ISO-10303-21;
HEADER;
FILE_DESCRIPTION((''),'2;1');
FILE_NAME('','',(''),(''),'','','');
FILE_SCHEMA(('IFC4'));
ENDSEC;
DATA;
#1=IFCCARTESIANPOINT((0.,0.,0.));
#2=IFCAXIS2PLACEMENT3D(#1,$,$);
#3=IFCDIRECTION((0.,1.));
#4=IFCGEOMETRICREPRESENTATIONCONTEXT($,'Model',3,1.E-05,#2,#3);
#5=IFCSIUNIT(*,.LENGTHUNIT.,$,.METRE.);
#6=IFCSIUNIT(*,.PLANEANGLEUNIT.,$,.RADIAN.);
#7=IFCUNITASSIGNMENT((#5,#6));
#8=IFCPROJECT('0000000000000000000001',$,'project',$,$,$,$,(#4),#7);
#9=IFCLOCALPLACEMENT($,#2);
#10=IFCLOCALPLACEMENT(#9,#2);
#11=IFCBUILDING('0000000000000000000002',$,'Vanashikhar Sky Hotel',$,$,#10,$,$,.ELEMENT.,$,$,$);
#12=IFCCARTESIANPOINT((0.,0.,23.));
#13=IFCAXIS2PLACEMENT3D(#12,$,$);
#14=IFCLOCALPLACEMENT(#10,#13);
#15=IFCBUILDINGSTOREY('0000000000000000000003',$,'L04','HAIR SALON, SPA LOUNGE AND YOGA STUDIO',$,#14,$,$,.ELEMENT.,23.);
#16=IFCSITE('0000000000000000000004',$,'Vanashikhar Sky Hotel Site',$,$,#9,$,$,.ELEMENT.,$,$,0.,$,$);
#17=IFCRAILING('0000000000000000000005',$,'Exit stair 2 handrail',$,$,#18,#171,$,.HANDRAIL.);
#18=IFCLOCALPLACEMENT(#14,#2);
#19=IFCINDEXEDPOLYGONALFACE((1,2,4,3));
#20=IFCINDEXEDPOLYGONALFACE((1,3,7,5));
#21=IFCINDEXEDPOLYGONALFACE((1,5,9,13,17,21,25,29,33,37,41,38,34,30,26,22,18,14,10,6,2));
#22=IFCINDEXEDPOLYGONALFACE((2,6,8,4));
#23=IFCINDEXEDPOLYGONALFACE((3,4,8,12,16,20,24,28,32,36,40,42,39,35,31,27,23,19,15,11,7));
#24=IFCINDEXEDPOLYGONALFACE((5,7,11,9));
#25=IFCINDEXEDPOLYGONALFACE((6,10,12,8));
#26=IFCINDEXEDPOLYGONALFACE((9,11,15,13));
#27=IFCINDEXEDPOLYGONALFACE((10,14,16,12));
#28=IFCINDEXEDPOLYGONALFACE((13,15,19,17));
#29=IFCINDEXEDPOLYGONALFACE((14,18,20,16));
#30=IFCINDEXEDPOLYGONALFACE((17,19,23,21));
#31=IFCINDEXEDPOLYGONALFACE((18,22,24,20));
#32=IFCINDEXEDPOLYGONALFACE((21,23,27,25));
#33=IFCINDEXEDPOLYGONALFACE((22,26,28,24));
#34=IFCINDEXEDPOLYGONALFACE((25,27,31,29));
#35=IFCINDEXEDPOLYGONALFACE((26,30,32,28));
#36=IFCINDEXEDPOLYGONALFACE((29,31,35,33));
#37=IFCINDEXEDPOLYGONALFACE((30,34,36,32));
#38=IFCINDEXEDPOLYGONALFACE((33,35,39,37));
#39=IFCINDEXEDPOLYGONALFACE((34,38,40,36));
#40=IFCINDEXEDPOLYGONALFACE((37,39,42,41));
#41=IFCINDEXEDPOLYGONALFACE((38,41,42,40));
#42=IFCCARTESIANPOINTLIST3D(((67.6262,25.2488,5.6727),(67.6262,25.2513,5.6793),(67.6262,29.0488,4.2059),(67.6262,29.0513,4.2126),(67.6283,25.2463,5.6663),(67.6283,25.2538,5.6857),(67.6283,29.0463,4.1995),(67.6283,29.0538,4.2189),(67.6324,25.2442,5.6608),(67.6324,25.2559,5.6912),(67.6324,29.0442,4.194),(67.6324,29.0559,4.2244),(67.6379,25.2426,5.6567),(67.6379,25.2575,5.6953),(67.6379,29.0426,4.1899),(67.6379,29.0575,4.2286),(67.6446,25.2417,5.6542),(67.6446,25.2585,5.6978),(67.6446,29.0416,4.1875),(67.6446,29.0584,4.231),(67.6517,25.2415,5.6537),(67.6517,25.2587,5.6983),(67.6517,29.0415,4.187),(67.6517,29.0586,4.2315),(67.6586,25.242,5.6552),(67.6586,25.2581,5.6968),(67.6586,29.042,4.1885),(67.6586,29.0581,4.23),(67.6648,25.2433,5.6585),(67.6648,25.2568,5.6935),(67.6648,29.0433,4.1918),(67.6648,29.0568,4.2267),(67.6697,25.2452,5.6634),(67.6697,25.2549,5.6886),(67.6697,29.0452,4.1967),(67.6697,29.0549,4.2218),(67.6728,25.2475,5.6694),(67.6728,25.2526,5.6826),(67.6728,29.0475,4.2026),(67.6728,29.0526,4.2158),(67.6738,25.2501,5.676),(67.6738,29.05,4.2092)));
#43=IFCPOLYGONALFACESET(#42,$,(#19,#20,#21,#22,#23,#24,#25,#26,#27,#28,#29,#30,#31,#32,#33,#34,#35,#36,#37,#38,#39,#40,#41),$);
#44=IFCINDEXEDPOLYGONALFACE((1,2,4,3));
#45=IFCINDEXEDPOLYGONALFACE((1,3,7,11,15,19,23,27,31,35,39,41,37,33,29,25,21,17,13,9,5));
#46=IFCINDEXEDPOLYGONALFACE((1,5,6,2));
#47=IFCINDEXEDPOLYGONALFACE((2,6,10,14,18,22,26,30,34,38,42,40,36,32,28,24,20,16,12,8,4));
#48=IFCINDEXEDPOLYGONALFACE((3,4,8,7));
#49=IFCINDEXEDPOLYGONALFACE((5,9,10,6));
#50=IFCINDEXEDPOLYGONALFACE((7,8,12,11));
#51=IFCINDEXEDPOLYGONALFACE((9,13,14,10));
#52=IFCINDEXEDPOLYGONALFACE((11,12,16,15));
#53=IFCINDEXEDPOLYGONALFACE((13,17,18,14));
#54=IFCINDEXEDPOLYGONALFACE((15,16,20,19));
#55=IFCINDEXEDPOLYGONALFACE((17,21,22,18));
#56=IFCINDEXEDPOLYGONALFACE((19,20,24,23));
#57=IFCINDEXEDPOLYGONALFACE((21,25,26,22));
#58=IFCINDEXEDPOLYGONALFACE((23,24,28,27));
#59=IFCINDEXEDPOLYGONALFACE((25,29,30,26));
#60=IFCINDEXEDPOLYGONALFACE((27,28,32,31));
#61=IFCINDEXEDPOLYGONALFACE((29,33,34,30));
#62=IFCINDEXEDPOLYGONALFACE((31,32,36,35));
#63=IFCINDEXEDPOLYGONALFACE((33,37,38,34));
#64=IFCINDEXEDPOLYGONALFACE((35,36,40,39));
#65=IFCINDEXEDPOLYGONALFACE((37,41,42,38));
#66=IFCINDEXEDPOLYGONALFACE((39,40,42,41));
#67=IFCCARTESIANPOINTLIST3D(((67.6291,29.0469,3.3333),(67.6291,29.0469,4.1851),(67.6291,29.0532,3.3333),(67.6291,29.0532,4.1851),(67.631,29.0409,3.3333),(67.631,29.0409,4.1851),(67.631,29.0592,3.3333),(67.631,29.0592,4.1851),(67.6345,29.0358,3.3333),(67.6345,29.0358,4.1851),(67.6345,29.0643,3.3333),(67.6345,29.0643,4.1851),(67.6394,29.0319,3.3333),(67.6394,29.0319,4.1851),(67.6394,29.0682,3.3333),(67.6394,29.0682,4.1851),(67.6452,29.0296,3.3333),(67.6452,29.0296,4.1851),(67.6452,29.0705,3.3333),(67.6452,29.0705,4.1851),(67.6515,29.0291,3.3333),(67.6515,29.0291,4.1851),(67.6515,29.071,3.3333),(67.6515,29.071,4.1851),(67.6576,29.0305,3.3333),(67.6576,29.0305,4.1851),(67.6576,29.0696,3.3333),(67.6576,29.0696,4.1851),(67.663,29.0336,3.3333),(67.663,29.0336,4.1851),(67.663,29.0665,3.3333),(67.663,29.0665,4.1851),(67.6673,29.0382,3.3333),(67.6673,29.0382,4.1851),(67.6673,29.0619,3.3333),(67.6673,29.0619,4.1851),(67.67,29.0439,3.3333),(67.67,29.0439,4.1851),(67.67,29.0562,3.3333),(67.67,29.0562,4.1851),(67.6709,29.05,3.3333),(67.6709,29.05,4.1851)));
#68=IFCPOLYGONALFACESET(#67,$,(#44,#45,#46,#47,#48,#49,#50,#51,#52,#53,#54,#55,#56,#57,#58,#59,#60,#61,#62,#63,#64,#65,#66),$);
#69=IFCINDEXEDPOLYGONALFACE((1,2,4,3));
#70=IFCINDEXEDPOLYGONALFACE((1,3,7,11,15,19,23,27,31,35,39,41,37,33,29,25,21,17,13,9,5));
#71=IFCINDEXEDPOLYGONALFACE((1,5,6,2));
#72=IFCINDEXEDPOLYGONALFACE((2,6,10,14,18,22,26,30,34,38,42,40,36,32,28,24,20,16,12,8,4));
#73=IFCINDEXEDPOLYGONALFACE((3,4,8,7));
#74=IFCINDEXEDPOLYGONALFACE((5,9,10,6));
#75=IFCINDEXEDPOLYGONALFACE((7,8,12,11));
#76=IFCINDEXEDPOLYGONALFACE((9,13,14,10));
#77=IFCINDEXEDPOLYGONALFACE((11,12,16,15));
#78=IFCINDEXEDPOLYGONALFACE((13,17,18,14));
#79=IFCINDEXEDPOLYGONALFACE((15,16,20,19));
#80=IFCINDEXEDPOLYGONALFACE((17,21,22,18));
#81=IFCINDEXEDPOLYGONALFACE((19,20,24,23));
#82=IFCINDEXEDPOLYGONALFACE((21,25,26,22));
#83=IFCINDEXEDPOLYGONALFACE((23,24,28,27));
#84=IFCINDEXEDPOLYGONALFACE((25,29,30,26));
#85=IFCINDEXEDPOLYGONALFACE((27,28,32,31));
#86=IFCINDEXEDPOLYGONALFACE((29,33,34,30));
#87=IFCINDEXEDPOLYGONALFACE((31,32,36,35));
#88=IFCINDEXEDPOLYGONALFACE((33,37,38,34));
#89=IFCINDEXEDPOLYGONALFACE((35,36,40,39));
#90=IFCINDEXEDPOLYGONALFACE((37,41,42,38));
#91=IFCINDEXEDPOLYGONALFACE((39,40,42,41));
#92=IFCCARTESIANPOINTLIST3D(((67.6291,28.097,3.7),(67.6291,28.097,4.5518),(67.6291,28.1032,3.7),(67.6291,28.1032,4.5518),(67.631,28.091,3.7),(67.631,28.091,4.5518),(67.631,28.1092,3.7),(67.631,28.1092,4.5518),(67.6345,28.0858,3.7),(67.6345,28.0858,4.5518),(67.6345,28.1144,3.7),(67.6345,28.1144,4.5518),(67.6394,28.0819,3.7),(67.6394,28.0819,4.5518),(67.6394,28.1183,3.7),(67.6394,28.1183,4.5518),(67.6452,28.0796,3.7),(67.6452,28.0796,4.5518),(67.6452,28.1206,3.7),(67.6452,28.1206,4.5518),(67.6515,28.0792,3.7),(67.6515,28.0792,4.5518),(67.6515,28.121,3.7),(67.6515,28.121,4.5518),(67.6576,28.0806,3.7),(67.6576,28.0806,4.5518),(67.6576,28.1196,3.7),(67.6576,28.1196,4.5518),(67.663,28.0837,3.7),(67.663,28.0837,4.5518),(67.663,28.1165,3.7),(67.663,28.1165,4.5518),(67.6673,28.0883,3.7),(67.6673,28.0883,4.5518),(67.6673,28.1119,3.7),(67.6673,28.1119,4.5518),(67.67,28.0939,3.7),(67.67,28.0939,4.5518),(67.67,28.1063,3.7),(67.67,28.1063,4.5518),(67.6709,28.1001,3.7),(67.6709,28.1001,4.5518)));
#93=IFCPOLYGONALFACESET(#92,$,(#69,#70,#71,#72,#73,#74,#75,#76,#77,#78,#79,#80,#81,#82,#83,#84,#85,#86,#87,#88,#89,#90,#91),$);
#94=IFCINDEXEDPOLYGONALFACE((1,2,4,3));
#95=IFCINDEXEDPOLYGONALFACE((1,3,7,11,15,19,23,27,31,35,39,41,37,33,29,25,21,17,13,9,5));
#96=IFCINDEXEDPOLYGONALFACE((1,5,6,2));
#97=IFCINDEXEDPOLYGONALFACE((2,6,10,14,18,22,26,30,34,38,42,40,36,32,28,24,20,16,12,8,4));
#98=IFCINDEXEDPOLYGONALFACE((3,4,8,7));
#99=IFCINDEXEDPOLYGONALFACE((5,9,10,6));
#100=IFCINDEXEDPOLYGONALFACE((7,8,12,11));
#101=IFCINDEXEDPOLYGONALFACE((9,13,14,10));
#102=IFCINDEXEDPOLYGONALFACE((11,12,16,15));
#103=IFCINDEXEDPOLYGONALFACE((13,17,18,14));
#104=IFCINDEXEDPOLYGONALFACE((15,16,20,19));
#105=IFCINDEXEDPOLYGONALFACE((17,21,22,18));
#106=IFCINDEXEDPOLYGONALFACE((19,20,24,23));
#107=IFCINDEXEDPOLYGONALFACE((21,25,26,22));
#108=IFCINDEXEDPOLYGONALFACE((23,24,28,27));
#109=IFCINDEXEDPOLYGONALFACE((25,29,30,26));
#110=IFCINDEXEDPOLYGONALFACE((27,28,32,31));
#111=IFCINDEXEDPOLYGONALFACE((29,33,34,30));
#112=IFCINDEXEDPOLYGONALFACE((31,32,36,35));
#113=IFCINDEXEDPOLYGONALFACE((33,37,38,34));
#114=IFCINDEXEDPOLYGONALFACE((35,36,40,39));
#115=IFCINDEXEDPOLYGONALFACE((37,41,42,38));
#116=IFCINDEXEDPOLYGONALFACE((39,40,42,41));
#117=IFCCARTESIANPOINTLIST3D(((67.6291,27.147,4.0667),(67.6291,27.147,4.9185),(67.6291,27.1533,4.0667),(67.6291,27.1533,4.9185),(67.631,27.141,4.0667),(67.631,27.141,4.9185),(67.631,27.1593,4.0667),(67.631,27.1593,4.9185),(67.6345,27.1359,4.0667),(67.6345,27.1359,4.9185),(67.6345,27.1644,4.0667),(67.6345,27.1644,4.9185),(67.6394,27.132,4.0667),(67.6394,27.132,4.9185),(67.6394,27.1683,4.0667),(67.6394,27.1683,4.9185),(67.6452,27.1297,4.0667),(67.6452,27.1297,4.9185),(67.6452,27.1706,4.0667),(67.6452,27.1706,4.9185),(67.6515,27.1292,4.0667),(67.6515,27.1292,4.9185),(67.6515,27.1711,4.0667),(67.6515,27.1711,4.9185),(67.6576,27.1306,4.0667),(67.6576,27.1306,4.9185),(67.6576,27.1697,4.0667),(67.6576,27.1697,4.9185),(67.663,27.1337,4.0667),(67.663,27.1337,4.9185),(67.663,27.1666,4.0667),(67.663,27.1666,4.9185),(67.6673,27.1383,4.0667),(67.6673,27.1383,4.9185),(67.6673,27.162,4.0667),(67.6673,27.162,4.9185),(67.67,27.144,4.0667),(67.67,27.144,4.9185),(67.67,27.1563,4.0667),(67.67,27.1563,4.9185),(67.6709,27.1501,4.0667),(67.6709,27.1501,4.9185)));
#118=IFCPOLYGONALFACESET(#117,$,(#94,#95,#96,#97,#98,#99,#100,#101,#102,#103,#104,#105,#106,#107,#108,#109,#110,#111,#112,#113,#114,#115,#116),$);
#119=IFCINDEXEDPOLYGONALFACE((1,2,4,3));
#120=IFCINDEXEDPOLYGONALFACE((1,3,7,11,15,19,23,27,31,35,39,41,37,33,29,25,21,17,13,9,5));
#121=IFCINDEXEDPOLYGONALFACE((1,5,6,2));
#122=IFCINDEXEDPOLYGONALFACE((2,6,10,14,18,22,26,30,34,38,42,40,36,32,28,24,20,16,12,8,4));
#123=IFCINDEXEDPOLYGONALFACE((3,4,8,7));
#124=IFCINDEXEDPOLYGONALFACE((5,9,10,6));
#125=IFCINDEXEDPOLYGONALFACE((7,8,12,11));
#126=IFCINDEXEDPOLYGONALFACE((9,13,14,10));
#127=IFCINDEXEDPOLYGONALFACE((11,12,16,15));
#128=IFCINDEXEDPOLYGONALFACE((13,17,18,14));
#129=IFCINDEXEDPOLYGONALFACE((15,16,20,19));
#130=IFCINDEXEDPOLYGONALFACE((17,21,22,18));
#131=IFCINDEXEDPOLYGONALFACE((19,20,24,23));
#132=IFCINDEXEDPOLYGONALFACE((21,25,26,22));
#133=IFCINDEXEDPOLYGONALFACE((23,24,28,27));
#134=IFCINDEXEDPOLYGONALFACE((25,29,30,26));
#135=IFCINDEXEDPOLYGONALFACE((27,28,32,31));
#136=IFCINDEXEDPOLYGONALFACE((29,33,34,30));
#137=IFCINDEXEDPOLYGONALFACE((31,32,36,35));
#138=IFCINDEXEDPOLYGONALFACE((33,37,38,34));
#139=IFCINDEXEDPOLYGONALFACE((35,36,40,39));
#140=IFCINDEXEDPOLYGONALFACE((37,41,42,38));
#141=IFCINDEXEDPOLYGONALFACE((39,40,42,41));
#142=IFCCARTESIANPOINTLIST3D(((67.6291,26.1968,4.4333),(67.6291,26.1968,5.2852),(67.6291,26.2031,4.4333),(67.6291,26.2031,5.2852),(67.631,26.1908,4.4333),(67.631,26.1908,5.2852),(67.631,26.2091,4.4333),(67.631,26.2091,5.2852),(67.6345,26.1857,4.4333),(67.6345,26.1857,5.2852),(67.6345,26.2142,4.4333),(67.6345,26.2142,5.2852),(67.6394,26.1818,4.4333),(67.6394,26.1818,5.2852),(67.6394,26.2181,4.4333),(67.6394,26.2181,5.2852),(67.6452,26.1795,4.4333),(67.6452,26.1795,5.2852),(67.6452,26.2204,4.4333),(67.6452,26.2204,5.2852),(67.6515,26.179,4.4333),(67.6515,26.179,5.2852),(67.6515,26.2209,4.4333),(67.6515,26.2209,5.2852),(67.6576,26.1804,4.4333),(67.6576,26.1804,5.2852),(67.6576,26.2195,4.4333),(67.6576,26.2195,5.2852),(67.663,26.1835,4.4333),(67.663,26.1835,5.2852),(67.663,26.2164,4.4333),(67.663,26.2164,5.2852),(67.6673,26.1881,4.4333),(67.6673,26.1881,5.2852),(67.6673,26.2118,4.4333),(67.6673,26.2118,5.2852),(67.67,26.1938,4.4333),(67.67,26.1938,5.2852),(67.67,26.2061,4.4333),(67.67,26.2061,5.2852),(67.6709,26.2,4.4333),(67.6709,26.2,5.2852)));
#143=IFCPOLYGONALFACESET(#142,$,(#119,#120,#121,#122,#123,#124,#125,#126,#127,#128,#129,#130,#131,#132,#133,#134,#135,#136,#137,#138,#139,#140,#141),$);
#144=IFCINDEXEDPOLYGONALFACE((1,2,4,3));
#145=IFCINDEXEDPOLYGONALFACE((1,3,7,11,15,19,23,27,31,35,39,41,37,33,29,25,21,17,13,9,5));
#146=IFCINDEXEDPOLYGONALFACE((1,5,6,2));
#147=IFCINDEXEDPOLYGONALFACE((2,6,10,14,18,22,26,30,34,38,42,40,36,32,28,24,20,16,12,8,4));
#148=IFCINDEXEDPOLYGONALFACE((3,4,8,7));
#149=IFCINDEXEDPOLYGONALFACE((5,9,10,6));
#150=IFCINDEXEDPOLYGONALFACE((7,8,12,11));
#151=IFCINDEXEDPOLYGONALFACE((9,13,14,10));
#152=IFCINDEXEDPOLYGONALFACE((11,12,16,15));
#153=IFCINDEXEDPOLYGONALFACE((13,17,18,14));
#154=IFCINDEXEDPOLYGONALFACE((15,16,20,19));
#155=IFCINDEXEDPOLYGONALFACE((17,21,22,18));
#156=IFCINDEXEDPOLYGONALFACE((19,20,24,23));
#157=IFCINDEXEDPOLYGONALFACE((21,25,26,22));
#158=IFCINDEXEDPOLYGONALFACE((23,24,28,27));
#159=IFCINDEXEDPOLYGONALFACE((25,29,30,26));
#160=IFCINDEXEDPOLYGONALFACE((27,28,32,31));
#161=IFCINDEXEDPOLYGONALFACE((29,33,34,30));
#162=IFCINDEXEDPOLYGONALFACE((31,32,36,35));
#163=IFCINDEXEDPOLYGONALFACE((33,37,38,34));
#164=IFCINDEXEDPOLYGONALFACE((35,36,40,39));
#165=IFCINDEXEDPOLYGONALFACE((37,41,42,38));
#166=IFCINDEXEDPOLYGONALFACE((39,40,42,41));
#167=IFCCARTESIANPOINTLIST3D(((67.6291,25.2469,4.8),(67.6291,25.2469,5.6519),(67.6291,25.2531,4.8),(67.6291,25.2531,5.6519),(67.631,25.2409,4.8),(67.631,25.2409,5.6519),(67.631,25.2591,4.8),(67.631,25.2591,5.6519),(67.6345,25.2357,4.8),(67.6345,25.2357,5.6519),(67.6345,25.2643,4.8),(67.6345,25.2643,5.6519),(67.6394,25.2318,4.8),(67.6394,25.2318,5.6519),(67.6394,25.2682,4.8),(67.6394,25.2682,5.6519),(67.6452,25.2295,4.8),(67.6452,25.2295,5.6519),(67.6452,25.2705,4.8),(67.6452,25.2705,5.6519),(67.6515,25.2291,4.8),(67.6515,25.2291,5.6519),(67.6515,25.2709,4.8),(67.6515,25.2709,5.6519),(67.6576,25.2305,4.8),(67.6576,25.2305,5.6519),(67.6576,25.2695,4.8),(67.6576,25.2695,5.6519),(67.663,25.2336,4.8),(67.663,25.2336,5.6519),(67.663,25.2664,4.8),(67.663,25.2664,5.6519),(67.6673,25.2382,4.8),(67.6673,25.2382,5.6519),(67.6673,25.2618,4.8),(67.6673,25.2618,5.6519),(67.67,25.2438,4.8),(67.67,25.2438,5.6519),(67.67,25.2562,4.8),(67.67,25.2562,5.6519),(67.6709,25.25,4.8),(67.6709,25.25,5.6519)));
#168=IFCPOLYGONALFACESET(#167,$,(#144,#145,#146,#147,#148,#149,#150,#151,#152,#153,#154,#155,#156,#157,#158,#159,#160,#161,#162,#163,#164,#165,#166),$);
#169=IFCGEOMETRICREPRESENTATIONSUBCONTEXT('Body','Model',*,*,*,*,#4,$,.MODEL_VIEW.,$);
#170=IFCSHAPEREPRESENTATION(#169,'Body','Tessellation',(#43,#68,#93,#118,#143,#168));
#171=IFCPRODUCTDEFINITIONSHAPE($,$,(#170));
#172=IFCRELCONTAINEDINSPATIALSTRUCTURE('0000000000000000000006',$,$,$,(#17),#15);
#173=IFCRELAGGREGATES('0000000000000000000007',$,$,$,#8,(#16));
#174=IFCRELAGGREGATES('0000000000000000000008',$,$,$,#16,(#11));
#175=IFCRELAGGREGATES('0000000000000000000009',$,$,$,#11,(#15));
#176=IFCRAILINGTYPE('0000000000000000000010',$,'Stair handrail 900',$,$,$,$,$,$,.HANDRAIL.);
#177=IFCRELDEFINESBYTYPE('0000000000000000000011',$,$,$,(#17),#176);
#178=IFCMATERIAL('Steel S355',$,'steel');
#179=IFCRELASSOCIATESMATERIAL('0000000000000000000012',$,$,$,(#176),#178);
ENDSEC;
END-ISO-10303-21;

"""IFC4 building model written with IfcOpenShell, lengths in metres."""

from ifc_helpers import new_model, si_unit, direction, frame, origin, origin_2d, place, context, subcontext, project, spatial, circle, extrude, source, transform, mapped, material, type_object, element, save


model = new_model("IFC4")

# Units and contexts
model_context = context("Model", 3, precision=1e-05, world=origin(), true_north=direction((0.0, 1.0)))
body_context = subcontext(model_context, "Body", "Model", "MODEL_VIEW")
ifc_project = project(units=[si_unit("LENGTHUNIT", "METRE"), si_unit("PLANEANGLEUNIT", "RADIAN")], contexts=[model_context])

# Site, building, storey
site_placement = place(None, origin())
site = spatial("IfcSite", under=ifc_project, at=site_placement, Name="Vanashikhar Sky Hotel Site", CompositionType="ELEMENT", RefElevation=0.0)
building_placement = place(site_placement, origin())
building = spatial("IfcBuilding", under=site, at=building_placement, Name="Vanashikhar Sky Hotel", CompositionType="ELEMENT")
storey_placement = place(building_placement, frame((0.0, 0.0, 23.0)))
storey = spatial("IfcBuildingStorey", under=building, at=storey_placement, Name="L04", Description="HAIR SALON, SPA LOUNGE AND YOGA STUDIO", CompositionType="ELEMENT", Elevation=23.0)

# Railing
ifc_material_1 = material(Name="Steel S355", Category="steel")
railing_type_1 = type_object("IfcRailingType", Name="Stair handrail 900", PredefinedType="HANDRAIL", material=ifc_material_1)
shared_shape_1 = source(origin(), body_context, "Body", "SweptSolid", [
    extrude(circle(Radius=0.0239, at=origin_2d()), frame((0.0, 0.0, 0.876), z_axis=(0.0, -0.932914, 0.360099), x_axis=(1.0, 0.0, 0.0)), (0.0, 0.0, 1.0), 4.0732),
    extrude(circle(Radius=0.021, at=origin_2d()), origin(), (0.0, 0.0, 1.0), 0.8518),
    extrude(circle(Radius=0.021, at=origin_2d()), frame((0.0, -0.95, 0.3667)), (0.0, 0.0, 1.0), 0.8518),
    extrude(circle(Radius=0.021, at=origin_2d()), frame((0.0, -1.8999, 0.7334)), (0.0, 0.0, 1.0), 0.8518),
    extrude(circle(Radius=0.021, at=origin_2d()), frame((0.0, -2.8501, 1.1001)), (0.0, 0.0, 1.0), 0.8518),
    extrude(circle(Radius=0.021, at=origin_2d()), frame((0.0, -3.8, 1.4668)), (0.0, 0.0, 1.0), 0.8518),
])
for number, where, name in (
    (1, (67.6499, 29.05, 3.3333), "Exit stair 2 handrail"),
):
    element("IfcRailing", number, at=place(storey_placement, frame(where)), inside=storey, type_object=railing_type_1, Name=name, PredefinedType="HANDRAIL", context=body_context, shape_type="MappedRepresentation", body=[
        mapped(shared_shape_1, transform((0.0, 0.0, 0.0), scale=1.0)),
    ])

save(model, "model.ifc")
